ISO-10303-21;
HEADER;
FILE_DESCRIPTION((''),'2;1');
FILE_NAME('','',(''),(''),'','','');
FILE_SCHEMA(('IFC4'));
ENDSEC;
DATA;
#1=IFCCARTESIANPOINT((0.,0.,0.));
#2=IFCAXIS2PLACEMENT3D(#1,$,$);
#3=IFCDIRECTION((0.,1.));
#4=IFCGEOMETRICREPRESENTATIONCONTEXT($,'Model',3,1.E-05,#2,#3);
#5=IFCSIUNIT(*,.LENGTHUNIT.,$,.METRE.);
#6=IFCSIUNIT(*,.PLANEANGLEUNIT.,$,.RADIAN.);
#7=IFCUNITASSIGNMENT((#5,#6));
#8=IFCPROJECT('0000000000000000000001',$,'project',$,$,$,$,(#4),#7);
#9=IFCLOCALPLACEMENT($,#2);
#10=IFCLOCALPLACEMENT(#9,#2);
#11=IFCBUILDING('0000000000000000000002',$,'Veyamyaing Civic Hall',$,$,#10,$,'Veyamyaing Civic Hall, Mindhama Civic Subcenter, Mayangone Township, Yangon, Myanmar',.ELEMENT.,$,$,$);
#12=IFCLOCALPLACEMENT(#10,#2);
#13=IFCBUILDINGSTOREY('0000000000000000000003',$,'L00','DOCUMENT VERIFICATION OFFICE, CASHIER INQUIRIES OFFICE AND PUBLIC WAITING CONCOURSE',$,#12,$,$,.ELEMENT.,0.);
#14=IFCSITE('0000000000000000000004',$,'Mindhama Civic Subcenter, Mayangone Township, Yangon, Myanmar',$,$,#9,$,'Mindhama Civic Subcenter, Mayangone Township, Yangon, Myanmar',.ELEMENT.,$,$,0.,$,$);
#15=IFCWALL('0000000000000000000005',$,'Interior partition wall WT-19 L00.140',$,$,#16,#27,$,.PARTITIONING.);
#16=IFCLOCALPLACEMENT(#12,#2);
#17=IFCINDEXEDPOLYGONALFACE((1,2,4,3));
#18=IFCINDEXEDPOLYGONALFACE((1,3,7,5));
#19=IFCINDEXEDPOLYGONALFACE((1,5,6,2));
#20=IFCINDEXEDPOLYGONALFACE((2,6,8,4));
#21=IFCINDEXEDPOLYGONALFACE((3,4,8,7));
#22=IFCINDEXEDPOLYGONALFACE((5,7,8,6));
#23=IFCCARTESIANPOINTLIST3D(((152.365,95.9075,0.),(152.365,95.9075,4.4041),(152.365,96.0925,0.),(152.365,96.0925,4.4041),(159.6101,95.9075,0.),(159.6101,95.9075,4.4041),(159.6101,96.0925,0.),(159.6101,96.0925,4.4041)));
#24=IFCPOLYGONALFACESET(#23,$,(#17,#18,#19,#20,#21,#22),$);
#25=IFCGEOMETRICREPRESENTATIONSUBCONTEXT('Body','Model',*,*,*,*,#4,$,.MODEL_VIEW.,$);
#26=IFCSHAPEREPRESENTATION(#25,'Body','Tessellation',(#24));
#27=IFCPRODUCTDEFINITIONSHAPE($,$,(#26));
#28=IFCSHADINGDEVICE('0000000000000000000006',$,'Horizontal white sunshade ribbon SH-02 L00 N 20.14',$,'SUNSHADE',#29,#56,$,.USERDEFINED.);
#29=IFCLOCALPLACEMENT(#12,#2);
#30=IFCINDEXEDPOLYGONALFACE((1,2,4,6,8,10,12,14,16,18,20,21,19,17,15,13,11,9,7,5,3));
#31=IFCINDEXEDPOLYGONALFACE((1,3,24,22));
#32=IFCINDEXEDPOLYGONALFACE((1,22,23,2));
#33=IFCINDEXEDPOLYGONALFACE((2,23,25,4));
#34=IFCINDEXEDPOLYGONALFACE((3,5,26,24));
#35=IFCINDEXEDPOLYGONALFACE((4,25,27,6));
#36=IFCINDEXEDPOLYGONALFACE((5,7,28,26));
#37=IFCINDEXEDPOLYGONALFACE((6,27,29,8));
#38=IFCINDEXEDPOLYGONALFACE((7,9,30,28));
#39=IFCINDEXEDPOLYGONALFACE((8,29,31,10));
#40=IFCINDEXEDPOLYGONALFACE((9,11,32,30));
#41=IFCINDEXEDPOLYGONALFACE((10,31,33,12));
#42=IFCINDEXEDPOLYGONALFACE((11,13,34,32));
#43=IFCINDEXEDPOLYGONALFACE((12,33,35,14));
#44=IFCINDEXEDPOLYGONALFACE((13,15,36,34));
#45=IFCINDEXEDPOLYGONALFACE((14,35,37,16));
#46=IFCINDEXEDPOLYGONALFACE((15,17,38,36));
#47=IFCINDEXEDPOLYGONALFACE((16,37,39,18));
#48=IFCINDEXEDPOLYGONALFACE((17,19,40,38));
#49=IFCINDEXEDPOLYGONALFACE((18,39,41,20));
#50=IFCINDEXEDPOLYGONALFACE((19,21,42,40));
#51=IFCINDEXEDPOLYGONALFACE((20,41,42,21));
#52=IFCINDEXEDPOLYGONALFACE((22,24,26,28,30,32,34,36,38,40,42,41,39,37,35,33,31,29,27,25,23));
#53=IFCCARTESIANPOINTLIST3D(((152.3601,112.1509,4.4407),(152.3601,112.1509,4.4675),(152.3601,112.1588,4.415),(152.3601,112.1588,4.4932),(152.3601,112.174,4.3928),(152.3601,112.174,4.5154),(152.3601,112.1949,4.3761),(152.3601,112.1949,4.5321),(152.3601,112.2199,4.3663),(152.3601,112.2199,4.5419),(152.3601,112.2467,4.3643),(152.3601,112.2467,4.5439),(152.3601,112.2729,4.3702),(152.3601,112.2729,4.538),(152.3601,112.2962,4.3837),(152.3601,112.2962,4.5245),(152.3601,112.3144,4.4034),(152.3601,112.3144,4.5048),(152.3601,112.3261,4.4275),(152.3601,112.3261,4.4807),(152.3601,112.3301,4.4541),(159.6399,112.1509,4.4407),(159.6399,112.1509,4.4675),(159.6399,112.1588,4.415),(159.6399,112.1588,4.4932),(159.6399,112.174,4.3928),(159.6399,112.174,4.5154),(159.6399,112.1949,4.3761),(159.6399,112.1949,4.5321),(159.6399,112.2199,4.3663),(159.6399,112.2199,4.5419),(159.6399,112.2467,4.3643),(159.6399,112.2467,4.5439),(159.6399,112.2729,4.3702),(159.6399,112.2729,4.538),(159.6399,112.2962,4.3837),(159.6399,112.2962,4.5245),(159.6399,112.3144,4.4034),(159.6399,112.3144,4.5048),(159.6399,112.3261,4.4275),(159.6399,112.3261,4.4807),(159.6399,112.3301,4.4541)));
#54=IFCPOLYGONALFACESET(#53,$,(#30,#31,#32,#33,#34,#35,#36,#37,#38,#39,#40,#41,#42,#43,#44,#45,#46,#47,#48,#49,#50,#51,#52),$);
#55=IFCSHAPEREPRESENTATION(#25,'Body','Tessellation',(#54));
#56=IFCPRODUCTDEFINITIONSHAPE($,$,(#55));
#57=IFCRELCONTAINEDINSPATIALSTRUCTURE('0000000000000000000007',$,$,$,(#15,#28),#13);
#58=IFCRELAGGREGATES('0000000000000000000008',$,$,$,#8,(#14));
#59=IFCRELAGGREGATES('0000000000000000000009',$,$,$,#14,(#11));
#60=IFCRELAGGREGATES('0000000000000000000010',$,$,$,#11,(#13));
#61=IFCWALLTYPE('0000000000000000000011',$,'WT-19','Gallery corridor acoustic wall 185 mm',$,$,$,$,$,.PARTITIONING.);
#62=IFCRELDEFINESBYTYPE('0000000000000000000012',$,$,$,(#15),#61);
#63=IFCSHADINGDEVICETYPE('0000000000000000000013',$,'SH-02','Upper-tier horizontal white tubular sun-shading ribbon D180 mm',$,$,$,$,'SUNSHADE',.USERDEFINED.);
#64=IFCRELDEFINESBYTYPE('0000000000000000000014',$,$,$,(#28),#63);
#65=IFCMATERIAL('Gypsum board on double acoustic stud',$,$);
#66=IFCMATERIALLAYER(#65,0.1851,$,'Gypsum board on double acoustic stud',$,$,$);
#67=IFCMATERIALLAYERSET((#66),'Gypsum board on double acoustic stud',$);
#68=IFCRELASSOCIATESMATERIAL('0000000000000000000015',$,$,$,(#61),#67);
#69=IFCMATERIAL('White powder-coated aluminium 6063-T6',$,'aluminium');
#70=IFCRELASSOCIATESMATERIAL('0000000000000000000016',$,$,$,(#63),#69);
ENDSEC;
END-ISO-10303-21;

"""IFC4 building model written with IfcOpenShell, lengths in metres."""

from ifc_helpers import new_model, si_unit, direction, frame, frame_2d, origin, origin_2d, place, context, subcontext, project, spatial, rectangle, circle, extrude, material, layer, layer_set, material_profile, profile_set, type_object, element, save


model = new_model("IFC4")

# Units and contexts
model_context = context("Model", 3, precision=1e-05, world=origin(), true_north=direction((0.0, 1.0)))
body_context = subcontext(model_context, "Body", "Model", "MODEL_VIEW")
ifc_project = project(units=[si_unit("LENGTHUNIT", "METRE"), si_unit("PLANEANGLEUNIT", "RADIAN")], contexts=[model_context])

# Site, building, storey
site_placement = place(None, origin())
site = spatial("IfcSite", under=ifc_project, at=site_placement, Name="Mindhama Civic Subcenter, Mayangone Township, Yangon, Myanmar", LongName="Mindhama Civic Subcenter, Mayangone Township, Yangon, Myanmar", CompositionType="ELEMENT", RefElevation=0.0)
building_placement = place(site_placement, origin())
building = spatial("IfcBuilding", under=site, at=building_placement, Name="Veyamyaing Civic Hall", LongName="Veyamyaing Civic Hall, Mindhama Civic Subcenter, Mayangone Township, Yangon, Myanmar", CompositionType="ELEMENT")
storey_placement = place(building_placement, origin())
storey = spatial("IfcBuildingStorey", under=building, at=storey_placement, Name="L00", Description="DOCUMENT VERIFICATION OFFICE, CASHIER INQUIRIES OFFICE AND PUBLIC WAITING CONCOURSE", CompositionType="ELEMENT", Elevation=0.0)

# Shared definitions
ifc_material_1 = material(Name="Gypsum board on double acoustic stud")
ifc_layer_1 = layer(ifc_material_1, 0.1851, Name="Gypsum board on double acoustic stud")
ifc_layer_set_1 = layer_set([ifc_layer_1], Name="Gypsum board on double acoustic stud")
wall_type_1 = type_object("IfcWallType", Name="WT-19", Description="Gallery corridor acoustic wall 185 mm", PredefinedType="PARTITIONING", material=ifc_layer_set_1)

# Wall
wall_1_placement = place(storey_placement, frame((152.365, 96.0, 0.0), z_axis=(0.0, 0.0, 1.0), x_axis=(1.0, 0.0, 0.0)))
element("IfcWall", 1, at=wall_1_placement, inside=storey, type_object=wall_type_1, Name="Interior partition wall WT-19 L00.140", PredefinedType="PARTITIONING", context=body_context, shape_type="SweptSolid", body=[
    extrude(rectangle(XDim=7.2451, YDim=0.1851, at=frame_2d((3.6226, 0.0))), origin(), (0.0, 0.0, 1.0), 4.4041),
])

# Shading device
ifc_material_2 = material(Name="White powder-coated aluminium 6063-T6", Category="aluminium")
ifc_material_profile_1 = material_profile(ifc_material_2, circle(Radius=0.0901, at=origin_2d()), Name="SHADE-TUBE-180")
ifc_profile_set_1 = profile_set([ifc_material_profile_1], Name="White powder-coated aluminium 6063-T6")
shading_device_type = type_object("IfcShadingDeviceType", Name="SH-02", Description="Upper-tier horizontal white tubular sun-shading ribbon D180 mm", ElementType="SUNSHADE", PredefinedType="USERDEFINED", material=ifc_profile_set_1)
shading_device_placement = place(storey_placement, frame((152.3601, 112.24, 4.4541), z_axis=(1.0, 0.0, 0.0), x_axis=(0.0, 1.0, 0.0)))
element("IfcShadingDevice", 2, at=shading_device_placement, inside=storey, type_object=shading_device_type, Name="Horizontal white sunshade ribbon SH-02 L00 N 20.14", ObjectType="SUNSHADE", PredefinedType="USERDEFINED", context=body_context, shape_type="SweptSolid", body=[
    extrude(circle(Radius=0.0901, at=origin_2d()), origin(), (0.0, 0.0, 1.0), 7.2798),
])

save(model, "model.ifc")
